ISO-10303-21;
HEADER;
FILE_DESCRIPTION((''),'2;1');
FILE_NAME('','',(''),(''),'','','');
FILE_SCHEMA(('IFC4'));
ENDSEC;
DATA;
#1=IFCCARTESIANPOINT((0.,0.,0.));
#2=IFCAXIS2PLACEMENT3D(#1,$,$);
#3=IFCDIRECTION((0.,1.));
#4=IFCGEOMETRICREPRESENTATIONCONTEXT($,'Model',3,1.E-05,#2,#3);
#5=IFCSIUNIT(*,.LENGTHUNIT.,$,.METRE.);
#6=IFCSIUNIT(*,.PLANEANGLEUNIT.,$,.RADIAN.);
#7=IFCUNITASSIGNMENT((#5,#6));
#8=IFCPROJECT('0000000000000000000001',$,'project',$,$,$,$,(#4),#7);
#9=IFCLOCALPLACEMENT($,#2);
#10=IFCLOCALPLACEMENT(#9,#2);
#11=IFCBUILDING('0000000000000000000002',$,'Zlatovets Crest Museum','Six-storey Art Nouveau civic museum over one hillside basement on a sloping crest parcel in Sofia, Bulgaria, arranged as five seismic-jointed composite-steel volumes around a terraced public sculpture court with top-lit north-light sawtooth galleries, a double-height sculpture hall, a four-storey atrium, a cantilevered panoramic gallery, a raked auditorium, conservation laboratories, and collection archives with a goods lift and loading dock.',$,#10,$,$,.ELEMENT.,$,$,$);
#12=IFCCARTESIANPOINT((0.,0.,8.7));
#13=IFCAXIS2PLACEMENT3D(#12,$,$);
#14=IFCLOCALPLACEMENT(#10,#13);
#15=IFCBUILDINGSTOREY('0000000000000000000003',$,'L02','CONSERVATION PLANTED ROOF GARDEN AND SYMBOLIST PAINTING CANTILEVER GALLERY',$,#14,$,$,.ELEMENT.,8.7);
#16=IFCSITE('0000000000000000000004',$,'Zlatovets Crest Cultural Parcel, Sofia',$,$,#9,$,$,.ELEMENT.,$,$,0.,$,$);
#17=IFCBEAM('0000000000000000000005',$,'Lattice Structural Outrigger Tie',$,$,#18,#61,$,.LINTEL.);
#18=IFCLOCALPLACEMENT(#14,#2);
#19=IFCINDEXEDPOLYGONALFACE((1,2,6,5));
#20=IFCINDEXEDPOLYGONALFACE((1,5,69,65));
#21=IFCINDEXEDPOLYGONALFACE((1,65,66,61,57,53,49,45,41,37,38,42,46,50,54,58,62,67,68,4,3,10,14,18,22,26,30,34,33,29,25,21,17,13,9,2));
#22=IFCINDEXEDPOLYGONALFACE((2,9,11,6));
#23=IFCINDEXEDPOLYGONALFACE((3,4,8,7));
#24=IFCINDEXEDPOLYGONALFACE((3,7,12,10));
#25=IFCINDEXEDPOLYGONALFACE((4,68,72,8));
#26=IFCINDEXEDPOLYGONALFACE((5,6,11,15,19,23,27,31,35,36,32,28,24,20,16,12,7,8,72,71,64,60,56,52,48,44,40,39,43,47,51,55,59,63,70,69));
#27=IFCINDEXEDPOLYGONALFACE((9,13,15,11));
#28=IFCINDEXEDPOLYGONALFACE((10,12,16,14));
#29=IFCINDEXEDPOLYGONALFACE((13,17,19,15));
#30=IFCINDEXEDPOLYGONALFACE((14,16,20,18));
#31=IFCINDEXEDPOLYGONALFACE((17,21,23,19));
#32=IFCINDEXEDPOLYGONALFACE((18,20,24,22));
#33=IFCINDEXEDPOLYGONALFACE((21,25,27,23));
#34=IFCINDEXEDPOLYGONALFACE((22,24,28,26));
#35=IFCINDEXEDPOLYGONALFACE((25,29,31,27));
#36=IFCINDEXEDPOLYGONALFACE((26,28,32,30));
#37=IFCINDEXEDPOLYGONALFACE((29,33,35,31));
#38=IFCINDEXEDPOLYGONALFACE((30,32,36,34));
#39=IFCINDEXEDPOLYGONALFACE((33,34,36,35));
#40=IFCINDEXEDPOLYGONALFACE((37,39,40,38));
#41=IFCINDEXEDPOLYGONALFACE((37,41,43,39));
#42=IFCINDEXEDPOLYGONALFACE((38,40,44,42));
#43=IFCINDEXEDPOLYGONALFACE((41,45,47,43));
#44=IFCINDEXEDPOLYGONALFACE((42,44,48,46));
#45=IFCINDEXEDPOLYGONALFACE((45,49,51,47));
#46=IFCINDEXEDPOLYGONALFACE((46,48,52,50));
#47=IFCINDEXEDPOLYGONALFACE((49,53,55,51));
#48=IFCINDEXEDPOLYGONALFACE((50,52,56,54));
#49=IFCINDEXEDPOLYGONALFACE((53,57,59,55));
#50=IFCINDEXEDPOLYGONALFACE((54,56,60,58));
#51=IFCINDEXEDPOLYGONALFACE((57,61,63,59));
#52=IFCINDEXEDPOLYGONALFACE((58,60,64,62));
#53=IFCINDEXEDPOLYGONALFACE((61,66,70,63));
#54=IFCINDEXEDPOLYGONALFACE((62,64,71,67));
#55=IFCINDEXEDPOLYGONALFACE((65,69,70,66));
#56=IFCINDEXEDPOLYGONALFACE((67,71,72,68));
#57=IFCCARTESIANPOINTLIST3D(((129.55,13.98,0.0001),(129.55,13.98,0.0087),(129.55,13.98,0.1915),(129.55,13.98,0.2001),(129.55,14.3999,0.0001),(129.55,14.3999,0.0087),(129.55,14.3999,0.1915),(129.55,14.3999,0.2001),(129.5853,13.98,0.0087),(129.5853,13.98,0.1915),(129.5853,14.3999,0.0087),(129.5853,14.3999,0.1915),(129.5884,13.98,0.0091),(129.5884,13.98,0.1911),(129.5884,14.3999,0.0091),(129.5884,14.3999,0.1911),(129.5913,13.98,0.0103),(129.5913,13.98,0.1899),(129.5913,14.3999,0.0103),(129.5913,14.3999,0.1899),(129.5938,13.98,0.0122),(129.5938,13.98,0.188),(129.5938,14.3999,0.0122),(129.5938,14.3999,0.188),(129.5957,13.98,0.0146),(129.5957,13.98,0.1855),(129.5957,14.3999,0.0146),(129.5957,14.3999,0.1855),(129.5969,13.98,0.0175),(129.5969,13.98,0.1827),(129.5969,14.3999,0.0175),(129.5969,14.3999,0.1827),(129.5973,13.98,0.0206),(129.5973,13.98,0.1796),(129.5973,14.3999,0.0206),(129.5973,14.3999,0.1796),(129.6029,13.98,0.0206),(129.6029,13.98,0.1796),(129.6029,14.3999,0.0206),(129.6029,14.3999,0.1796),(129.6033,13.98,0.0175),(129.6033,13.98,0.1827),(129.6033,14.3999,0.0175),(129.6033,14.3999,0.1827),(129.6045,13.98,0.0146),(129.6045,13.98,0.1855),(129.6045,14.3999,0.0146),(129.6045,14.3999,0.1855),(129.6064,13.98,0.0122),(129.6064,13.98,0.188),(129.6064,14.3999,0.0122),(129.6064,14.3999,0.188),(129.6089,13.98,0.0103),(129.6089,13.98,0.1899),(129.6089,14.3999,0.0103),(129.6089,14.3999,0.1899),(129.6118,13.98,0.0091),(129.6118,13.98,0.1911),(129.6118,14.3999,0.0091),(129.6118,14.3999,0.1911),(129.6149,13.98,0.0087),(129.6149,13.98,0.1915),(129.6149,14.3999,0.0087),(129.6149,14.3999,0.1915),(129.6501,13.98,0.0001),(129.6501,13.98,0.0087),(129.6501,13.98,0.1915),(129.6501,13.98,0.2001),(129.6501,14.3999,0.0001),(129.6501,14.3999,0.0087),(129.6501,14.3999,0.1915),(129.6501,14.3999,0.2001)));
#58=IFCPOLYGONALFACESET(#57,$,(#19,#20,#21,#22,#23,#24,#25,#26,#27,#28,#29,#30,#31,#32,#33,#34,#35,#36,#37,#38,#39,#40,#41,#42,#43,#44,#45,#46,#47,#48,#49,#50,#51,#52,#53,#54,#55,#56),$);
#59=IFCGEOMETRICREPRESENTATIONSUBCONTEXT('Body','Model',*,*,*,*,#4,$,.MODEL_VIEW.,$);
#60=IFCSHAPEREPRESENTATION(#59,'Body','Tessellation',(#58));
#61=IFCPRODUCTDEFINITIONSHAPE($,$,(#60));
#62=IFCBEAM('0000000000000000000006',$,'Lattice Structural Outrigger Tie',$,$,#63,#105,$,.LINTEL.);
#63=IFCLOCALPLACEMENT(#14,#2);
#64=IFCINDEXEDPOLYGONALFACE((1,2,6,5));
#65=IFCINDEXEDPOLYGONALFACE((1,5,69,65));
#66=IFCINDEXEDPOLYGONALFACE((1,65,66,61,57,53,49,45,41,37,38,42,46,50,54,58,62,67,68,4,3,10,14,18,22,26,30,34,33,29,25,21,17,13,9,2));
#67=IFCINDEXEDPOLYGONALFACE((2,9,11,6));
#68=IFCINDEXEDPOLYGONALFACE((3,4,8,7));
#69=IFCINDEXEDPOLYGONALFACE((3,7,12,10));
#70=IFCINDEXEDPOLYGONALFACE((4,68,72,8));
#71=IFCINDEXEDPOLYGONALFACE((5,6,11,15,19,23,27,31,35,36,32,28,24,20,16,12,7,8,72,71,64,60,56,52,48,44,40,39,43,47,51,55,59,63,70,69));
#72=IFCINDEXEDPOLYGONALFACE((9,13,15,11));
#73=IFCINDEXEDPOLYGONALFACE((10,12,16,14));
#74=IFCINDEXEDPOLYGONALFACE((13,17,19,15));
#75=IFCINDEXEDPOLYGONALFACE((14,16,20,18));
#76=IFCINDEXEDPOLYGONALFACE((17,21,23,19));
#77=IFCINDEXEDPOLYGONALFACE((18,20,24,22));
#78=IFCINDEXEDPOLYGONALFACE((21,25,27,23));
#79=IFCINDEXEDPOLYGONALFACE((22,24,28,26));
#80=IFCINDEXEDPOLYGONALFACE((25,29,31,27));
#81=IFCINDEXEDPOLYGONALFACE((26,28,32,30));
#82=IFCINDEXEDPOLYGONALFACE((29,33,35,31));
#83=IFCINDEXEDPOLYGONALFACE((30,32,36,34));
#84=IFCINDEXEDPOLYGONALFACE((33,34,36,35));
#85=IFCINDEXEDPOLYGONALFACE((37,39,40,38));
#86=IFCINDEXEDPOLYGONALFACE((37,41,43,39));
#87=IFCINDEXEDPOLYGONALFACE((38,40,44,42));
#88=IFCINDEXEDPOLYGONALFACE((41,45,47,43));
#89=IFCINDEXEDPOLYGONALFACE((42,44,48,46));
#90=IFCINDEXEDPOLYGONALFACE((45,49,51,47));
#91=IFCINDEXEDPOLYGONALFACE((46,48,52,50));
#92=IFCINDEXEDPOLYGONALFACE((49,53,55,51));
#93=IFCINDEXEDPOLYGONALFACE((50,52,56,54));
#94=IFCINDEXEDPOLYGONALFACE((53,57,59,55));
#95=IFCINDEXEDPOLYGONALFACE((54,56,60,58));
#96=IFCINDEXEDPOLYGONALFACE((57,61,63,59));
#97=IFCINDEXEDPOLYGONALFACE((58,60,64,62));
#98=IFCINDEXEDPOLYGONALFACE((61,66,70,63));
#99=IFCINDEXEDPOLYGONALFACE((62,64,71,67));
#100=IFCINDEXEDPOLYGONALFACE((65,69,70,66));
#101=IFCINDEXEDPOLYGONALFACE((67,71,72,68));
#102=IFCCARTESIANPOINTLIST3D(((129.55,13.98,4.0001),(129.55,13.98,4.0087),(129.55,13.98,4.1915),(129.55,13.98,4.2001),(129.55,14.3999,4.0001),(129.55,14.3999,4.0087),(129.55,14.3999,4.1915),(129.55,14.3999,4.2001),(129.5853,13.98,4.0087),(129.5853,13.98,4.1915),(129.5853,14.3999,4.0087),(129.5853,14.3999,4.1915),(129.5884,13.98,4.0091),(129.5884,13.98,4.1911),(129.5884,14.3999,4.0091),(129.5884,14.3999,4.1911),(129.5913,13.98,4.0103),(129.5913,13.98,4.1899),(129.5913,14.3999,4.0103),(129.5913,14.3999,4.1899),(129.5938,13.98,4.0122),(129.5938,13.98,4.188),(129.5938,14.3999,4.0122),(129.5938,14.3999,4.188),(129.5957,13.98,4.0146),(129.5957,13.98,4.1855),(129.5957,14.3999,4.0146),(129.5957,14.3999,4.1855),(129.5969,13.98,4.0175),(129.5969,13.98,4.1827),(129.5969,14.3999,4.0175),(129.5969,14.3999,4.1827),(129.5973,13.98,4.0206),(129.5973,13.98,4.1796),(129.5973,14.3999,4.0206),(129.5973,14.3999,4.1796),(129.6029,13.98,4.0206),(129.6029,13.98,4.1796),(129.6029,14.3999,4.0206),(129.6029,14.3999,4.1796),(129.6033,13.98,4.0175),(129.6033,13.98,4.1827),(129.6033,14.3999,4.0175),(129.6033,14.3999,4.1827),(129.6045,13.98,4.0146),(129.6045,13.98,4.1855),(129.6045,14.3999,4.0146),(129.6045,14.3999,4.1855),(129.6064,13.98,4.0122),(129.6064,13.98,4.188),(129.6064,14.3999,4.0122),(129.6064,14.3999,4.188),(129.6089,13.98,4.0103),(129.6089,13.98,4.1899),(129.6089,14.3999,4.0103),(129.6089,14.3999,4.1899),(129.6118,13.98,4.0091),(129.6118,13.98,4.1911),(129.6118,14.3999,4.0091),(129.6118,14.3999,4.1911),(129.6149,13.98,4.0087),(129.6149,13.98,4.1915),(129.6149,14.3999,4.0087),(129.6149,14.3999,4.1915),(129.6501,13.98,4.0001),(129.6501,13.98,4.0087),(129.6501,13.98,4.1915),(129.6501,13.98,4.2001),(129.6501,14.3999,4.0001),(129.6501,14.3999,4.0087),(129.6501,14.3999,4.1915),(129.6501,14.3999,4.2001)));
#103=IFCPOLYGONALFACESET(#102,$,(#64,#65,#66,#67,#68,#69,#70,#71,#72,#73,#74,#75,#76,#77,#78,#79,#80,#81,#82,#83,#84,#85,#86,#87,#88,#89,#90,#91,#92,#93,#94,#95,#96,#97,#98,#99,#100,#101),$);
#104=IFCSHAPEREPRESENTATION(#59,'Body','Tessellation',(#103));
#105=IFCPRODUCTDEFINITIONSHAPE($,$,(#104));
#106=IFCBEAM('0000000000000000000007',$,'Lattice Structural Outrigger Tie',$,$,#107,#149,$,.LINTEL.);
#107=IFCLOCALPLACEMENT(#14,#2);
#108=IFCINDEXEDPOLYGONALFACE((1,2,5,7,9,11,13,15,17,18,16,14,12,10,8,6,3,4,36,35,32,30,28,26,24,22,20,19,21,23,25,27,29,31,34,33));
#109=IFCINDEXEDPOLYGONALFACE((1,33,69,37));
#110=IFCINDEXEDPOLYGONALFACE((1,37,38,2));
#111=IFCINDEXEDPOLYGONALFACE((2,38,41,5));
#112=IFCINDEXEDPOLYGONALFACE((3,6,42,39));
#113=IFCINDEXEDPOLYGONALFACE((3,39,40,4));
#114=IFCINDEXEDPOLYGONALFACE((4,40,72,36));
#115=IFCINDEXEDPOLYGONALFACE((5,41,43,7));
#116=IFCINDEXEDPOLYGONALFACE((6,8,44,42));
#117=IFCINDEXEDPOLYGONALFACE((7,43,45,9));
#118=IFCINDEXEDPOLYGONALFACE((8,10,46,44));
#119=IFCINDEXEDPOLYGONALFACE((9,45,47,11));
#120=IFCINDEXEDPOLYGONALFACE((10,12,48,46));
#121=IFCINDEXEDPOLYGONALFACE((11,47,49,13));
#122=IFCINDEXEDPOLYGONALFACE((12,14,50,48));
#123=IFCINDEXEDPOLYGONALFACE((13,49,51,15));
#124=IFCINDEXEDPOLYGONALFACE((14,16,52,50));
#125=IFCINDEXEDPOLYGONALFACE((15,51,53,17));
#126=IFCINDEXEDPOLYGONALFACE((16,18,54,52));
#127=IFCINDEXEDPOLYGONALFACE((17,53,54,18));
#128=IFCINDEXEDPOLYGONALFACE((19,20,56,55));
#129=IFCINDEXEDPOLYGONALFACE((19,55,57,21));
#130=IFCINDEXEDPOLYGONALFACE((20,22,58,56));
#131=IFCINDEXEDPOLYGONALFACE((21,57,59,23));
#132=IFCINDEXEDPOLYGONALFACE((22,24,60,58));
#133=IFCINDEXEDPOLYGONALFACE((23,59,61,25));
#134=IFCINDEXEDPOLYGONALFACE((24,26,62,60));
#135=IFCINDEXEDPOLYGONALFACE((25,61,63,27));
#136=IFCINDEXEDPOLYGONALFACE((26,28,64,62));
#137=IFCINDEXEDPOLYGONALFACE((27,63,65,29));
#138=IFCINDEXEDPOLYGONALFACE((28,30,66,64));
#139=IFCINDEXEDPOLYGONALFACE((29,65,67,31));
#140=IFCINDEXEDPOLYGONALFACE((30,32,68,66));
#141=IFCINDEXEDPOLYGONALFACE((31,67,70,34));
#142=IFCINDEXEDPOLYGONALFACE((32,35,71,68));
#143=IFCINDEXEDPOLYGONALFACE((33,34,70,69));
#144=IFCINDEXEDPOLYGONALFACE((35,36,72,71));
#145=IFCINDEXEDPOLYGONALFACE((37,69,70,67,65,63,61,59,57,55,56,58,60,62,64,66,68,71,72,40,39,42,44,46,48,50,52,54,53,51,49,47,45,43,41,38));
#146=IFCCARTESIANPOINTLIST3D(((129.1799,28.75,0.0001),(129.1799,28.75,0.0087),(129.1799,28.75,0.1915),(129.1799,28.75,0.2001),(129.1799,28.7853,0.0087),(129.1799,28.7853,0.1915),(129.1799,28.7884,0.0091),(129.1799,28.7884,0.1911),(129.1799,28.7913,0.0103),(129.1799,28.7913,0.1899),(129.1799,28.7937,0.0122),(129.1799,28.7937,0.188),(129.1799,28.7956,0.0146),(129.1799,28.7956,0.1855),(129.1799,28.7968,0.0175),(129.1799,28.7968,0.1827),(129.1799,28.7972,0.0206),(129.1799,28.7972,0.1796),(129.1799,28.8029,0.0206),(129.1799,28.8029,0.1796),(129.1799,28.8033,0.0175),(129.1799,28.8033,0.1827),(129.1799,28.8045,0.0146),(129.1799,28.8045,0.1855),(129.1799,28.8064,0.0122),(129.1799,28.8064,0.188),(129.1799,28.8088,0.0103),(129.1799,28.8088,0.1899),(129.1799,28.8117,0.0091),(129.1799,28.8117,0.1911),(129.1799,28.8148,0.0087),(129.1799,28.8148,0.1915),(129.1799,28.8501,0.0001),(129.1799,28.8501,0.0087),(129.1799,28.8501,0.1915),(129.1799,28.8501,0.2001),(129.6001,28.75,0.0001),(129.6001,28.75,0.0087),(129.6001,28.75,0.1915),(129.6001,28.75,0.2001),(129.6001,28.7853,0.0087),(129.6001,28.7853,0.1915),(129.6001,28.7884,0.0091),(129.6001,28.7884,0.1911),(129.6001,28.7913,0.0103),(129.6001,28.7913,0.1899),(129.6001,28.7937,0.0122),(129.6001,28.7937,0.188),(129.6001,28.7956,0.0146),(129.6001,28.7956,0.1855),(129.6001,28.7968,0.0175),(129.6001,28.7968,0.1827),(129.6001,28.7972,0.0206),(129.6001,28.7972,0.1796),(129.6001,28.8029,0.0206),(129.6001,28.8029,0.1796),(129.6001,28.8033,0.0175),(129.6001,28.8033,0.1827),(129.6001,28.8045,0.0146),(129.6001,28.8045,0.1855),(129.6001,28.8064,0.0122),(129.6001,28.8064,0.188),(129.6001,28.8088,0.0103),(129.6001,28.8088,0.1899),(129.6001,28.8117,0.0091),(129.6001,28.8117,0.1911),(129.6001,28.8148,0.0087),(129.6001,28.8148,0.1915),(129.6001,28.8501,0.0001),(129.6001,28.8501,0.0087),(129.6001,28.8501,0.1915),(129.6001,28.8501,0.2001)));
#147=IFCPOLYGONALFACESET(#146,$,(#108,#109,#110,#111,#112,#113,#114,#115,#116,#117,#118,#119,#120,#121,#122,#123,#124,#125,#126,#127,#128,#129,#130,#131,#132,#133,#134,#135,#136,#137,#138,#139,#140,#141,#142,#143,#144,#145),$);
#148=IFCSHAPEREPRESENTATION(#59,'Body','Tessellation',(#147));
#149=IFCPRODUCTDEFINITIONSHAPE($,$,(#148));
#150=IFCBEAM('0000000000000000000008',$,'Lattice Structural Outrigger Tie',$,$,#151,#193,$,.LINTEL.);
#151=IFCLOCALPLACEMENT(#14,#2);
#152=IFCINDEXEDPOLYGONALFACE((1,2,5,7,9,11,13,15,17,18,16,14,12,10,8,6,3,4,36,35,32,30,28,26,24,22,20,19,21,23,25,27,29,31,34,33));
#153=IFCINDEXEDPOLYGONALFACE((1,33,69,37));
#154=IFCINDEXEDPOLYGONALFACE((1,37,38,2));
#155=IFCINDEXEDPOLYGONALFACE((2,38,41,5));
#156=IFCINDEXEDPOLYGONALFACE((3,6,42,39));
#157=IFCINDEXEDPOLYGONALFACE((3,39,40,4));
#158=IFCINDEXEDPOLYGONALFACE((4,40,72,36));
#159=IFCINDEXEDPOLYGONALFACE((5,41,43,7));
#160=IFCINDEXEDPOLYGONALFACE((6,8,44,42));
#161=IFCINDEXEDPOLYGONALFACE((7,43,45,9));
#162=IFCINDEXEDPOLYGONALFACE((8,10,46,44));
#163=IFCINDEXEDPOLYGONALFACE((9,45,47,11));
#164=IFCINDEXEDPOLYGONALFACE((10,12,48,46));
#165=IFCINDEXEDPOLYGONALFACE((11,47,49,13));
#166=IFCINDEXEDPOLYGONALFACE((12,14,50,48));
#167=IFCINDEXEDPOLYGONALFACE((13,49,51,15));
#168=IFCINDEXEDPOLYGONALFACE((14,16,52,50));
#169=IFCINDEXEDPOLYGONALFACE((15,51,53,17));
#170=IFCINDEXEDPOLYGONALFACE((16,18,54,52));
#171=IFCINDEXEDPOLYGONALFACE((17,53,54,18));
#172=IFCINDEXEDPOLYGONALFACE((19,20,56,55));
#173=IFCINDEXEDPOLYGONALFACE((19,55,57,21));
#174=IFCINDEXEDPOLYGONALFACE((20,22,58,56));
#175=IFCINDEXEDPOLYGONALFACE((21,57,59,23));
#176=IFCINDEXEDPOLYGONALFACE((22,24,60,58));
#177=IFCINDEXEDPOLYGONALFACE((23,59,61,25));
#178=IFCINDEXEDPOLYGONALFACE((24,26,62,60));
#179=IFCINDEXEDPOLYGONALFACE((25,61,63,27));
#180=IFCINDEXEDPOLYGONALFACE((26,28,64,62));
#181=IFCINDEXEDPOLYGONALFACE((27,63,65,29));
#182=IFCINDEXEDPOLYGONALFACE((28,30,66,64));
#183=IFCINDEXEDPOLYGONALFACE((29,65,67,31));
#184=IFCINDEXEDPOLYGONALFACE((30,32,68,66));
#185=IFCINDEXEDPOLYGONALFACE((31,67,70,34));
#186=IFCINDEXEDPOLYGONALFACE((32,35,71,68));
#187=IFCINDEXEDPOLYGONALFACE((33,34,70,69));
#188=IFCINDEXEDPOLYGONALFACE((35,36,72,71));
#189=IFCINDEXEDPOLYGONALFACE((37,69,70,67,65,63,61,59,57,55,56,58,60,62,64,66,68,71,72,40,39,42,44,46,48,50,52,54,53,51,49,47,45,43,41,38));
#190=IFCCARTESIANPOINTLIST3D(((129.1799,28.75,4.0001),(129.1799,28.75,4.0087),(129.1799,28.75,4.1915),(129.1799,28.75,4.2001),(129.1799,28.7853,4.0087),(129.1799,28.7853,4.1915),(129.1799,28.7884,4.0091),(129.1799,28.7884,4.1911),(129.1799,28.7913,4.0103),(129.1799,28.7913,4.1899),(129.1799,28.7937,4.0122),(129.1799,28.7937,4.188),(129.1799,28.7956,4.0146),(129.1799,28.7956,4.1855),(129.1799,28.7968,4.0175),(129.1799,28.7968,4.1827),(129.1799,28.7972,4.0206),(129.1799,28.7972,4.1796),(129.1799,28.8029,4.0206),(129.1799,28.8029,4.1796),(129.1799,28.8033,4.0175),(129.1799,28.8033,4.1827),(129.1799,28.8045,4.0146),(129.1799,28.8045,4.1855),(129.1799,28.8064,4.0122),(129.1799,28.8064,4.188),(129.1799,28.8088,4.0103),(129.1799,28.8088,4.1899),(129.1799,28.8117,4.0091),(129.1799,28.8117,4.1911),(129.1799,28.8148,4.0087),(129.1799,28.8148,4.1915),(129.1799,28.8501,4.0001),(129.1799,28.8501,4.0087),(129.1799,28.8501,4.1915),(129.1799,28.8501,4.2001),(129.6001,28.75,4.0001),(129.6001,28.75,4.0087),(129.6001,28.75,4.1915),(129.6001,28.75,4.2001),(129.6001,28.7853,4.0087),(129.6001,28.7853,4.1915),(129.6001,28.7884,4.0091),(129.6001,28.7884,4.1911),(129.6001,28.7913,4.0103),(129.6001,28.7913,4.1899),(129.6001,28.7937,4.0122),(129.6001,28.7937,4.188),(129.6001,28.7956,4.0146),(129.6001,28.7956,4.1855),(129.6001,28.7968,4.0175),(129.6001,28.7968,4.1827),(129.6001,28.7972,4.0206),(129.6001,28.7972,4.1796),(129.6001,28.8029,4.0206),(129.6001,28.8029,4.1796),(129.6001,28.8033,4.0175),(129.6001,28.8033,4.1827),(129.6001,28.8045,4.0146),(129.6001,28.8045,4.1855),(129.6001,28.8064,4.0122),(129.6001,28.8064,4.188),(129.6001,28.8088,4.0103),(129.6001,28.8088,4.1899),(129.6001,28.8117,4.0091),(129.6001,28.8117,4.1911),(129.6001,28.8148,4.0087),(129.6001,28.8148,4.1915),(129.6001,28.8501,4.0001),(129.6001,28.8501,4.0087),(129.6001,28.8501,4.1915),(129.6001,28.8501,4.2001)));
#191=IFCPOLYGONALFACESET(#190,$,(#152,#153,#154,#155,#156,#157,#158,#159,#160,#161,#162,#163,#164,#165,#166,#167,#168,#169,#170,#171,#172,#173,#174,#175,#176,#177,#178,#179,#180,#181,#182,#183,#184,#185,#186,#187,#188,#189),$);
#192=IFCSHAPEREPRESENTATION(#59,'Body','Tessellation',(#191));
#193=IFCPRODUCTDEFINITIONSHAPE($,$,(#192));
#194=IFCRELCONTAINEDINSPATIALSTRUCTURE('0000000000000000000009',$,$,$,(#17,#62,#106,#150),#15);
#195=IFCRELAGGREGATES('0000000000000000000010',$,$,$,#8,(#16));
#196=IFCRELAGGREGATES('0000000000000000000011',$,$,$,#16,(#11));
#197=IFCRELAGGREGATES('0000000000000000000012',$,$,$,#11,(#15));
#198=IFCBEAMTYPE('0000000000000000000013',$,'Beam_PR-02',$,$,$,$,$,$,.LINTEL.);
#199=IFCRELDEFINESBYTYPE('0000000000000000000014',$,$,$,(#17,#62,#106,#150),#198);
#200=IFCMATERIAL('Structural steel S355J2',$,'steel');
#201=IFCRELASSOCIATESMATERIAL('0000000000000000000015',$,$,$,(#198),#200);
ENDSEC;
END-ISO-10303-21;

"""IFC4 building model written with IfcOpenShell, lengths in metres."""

from ifc_helpers import new_model, si_unit, direction, frame, origin, origin_2d, place, context, subcontext, project, spatial, i_section, extrude, material, material_profile, profile_set, type_object, element, save


model = new_model("IFC4")

# Units and contexts
model_context = context("Model", 3, precision=1e-05, world=origin(), true_north=direction((0.0, 1.0)))
body_context = subcontext(model_context, "Body", "Model", "MODEL_VIEW")
ifc_project = project(units=[si_unit("LENGTHUNIT", "METRE"), si_unit("PLANEANGLEUNIT", "RADIAN")], contexts=[model_context])

# Site, building, storey
site_placement = place(None, origin())
site = spatial("IfcSite", under=ifc_project, at=site_placement, Name="Zlatovets Crest Cultural Parcel, Sofia", CompositionType="ELEMENT", RefElevation=0.0)
building_placement = place(site_placement, origin())
building = spatial("IfcBuilding", under=site, at=building_placement, Name="Zlatovets Crest Museum", Description="Six-storey Art Nouveau civic museum over one hillside basement on a sloping crest parcel in Sofia, Bulgaria, arranged as five seismic-jointed composite-steel volumes around a terraced public sculpture court with top-lit north-light sawtooth galleries, a double-height sculpture hall, a four-storey atrium, a cantilevered panoramic gallery, a raked auditorium, conservation laboratories, and collection archives with a goods lift and loading dock.", CompositionType="ELEMENT")
storey_placement = place(building_placement, frame((0.0, 0.0, 8.7)))
storey = spatial("IfcBuildingStorey", under=building, at=storey_placement, Name="L02", Description="CONSERVATION PLANTED ROOF GARDEN AND SYMBOLIST PAINTING CANTILEVER GALLERY", CompositionType="ELEMENT", Elevation=8.7)

# Shared definitions
ifc_material_1 = material(Name="Structural steel S355J2", Category="steel")

# Beams
ifc_material_profile_1 = material_profile(ifc_material_1, i_section(OverallWidth=0.1001, OverallDepth=0.2, WebThickness=0.0056, FlangeThickness=0.0085, FilletRadius=0.012, at=origin_2d()), Name="IPE 200")
ifc_profile_set_1 = profile_set([ifc_material_profile_1], Name="Structural steel S355J2")
beam_type_1 = type_object("IfcBeamType", Name="Beam_PR-02", PredefinedType="LINTEL", material=ifc_profile_set_1)
for number, where, z_axis, x_axis, name in (
    (1, (129.6001, 14.3999, 0.1001), (0.0, -1.0, 0.0), (1.0, 0.0, 0.0), "Lattice Structural Outrigger Tie"),
    (2, (129.6001, 14.3999, 4.1001), (0.0, -1.0, 0.0), (1.0, 0.0, 0.0), "Lattice Structural Outrigger Tie"),
):
    element("IfcBeam", number, at=place(storey_placement, frame(where, z_axis=z_axis, x_axis=x_axis)), inside=storey, type_object=beam_type_1, Name=name, PredefinedType="LINTEL", context=body_context, shape_type="SweptSolid", body=[
        extrude(i_section(OverallWidth=0.1001, OverallDepth=0.2, WebThickness=0.0056, FlangeThickness=0.0085, FilletRadius=0.012, at=origin_2d()), origin(), (0.0, 0.0, 1.0), 0.4199),
    ])
for number, where, z_axis, x_axis, name in (
    (3, (129.6001, 28.8, 0.1001), (-1.0, 0.0, 0.0), (0.0, -1.0, 0.0), "Lattice Structural Outrigger Tie"),
    (4, (129.6001, 28.8, 4.1001), (-1.0, 0.0, 0.0), (0.0, -1.0, 0.0), "Lattice Structural Outrigger Tie"),
):
    element("IfcBeam", number, at=place(storey_placement, frame(where, z_axis=z_axis, x_axis=x_axis)), inside=storey, type_object=beam_type_1, Name=name, PredefinedType="LINTEL", context=body_context, shape_type="SweptSolid", body=[
        extrude(i_section(OverallWidth=0.1001, OverallDepth=0.2, WebThickness=0.0056, FlangeThickness=0.0085, FilletRadius=0.012, at=origin_2d()), origin(), (0.0, 0.0, 1.0), 0.4202),
    ])

save(model, "model.ifc")
